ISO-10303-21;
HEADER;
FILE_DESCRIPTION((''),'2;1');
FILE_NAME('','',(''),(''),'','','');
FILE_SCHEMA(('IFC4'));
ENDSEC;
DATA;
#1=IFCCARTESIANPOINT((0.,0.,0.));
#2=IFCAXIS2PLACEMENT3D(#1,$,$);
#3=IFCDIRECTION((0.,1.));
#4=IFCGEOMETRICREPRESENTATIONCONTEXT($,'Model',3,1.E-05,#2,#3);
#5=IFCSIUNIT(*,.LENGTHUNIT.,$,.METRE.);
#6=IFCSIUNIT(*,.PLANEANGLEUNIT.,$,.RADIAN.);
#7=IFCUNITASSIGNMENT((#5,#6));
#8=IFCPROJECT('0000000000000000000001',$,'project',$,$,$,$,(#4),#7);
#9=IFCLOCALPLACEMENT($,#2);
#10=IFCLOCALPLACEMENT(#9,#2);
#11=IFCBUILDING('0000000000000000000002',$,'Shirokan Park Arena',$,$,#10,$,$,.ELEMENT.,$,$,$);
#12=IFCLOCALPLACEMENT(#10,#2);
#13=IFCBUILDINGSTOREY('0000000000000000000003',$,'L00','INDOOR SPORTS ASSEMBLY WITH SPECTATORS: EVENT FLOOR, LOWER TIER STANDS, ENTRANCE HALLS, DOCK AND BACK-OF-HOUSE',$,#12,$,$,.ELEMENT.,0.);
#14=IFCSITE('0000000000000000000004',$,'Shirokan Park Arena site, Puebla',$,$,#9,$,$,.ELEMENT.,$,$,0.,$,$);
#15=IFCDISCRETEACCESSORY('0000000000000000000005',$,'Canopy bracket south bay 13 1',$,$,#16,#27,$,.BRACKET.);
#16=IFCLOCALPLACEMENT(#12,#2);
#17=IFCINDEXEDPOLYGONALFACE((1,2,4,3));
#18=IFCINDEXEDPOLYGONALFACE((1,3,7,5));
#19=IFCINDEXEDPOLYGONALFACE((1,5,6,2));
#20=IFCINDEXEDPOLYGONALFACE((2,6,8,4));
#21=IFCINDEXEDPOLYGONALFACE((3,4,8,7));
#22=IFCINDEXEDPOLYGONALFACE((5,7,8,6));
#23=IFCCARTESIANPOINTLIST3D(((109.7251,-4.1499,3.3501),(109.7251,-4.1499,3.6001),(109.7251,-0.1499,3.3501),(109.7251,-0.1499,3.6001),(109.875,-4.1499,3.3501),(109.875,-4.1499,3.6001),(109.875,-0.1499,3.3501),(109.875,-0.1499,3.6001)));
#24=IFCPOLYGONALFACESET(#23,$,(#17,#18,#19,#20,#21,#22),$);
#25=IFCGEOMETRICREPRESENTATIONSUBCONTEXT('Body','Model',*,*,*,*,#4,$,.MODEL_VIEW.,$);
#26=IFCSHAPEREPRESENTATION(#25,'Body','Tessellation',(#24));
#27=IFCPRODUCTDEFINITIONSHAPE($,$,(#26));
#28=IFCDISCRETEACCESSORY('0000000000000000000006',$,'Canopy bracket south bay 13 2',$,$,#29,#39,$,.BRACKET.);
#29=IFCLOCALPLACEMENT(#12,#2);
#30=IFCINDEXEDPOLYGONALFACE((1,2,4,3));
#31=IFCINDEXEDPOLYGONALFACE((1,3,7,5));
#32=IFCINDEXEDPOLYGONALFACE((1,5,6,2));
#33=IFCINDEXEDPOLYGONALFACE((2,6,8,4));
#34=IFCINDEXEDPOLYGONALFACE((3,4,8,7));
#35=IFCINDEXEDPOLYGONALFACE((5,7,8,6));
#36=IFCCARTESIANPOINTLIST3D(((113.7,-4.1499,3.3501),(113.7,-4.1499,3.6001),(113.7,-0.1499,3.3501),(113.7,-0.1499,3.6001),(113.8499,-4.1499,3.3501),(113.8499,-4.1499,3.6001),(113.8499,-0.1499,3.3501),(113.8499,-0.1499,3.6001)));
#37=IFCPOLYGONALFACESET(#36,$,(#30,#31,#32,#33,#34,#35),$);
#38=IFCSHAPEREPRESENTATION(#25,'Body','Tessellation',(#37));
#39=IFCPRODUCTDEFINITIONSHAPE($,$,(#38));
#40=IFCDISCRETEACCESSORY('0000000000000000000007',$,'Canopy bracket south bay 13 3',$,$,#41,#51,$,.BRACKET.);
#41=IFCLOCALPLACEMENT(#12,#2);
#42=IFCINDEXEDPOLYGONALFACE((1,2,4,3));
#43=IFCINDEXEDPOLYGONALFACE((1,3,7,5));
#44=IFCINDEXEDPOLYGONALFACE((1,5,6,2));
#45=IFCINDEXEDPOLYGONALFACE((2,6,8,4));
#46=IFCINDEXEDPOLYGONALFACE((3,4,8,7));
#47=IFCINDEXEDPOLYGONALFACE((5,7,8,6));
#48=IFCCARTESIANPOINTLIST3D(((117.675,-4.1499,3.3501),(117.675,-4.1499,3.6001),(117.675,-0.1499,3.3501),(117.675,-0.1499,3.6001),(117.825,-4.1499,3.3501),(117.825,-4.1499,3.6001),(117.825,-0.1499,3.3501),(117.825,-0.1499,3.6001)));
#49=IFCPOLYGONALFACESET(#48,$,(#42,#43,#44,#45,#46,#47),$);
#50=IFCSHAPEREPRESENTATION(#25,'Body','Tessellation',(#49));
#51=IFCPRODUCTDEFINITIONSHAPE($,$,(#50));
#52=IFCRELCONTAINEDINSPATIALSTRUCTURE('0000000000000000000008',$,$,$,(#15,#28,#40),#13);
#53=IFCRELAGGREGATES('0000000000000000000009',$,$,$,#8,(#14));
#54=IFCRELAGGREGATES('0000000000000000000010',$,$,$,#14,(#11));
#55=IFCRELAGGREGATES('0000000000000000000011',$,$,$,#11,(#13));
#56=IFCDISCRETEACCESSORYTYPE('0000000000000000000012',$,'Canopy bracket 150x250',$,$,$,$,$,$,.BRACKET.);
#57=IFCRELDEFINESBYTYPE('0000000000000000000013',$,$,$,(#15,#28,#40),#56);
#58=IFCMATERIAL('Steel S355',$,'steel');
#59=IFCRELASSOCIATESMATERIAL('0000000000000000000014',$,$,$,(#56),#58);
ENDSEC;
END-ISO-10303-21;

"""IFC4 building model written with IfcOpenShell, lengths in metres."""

from ifc_helpers import new_model, si_unit, direction, frame, origin, origin_2d, place, context, subcontext, project, spatial, rectangle, extrude, material, type_object, element, save


model = new_model("IFC4")

# Units and contexts
model_context = context("Model", 3, precision=1e-05, world=origin(), true_north=direction((0.0, 1.0)))
body_context = subcontext(model_context, "Body", "Model", "MODEL_VIEW")
ifc_project = project(units=[si_unit("LENGTHUNIT", "METRE"), si_unit("PLANEANGLEUNIT", "RADIAN")], contexts=[model_context])

# Site, building, storey
site_placement = place(None, origin())
site = spatial("IfcSite", under=ifc_project, at=site_placement, Name="Shirokan Park Arena site, Puebla", CompositionType="ELEMENT", RefElevation=0.0)
building_placement = place(site_placement, origin())
building = spatial("IfcBuilding", under=site, at=building_placement, Name="Shirokan Park Arena", CompositionType="ELEMENT")
storey_placement = place(building_placement, origin())
storey = spatial("IfcBuildingStorey", under=building, at=storey_placement, Name="L00", Description="INDOOR SPORTS ASSEMBLY WITH SPECTATORS: EVENT FLOOR, LOWER TIER STANDS, ENTRANCE HALLS, DOCK AND BACK-OF-HOUSE", CompositionType="ELEMENT", Elevation=0.0)

# Shared definitions
ifc_material_1 = material(Name="Steel S355", Category="steel")

# Discrete accessories
discrete_accessory_type = type_object("IfcDiscreteAccessoryType", Name="Canopy bracket 150x250", PredefinedType="BRACKET", material=ifc_material_1)
for number, where, z_axis, x_axis, name in (
    (1, (109.8, -2.1499, 3.3501), (0.0, 0.0, 1.0), (1.0, 0.0, 0.0), "Canopy bracket south bay 13 1"),
    (2, (113.7749, -2.1499, 3.3501), (0.0, 0.0, 1.0), (1.0, 0.0, 0.0), "Canopy bracket south bay 13 2"),
    (3, (117.75, -2.1499, 3.3501), (0.0, 0.0, 1.0), (1.0, 0.0, 0.0), "Canopy bracket south bay 13 3"),
):
    element("IfcDiscreteAccessory", number, at=place(storey_placement, frame(where, z_axis=z_axis, x_axis=x_axis)), inside=storey, type_object=discrete_accessory_type, Name=name, PredefinedType="BRACKET", context=body_context, shape_type="SweptSolid", body=[
        extrude(rectangle(XDim=0.1499, YDim=4.0, at=origin_2d()), origin(), (0.0, 0.0, 1.0), 0.25),
    ])

save(model, "model.ifc")
